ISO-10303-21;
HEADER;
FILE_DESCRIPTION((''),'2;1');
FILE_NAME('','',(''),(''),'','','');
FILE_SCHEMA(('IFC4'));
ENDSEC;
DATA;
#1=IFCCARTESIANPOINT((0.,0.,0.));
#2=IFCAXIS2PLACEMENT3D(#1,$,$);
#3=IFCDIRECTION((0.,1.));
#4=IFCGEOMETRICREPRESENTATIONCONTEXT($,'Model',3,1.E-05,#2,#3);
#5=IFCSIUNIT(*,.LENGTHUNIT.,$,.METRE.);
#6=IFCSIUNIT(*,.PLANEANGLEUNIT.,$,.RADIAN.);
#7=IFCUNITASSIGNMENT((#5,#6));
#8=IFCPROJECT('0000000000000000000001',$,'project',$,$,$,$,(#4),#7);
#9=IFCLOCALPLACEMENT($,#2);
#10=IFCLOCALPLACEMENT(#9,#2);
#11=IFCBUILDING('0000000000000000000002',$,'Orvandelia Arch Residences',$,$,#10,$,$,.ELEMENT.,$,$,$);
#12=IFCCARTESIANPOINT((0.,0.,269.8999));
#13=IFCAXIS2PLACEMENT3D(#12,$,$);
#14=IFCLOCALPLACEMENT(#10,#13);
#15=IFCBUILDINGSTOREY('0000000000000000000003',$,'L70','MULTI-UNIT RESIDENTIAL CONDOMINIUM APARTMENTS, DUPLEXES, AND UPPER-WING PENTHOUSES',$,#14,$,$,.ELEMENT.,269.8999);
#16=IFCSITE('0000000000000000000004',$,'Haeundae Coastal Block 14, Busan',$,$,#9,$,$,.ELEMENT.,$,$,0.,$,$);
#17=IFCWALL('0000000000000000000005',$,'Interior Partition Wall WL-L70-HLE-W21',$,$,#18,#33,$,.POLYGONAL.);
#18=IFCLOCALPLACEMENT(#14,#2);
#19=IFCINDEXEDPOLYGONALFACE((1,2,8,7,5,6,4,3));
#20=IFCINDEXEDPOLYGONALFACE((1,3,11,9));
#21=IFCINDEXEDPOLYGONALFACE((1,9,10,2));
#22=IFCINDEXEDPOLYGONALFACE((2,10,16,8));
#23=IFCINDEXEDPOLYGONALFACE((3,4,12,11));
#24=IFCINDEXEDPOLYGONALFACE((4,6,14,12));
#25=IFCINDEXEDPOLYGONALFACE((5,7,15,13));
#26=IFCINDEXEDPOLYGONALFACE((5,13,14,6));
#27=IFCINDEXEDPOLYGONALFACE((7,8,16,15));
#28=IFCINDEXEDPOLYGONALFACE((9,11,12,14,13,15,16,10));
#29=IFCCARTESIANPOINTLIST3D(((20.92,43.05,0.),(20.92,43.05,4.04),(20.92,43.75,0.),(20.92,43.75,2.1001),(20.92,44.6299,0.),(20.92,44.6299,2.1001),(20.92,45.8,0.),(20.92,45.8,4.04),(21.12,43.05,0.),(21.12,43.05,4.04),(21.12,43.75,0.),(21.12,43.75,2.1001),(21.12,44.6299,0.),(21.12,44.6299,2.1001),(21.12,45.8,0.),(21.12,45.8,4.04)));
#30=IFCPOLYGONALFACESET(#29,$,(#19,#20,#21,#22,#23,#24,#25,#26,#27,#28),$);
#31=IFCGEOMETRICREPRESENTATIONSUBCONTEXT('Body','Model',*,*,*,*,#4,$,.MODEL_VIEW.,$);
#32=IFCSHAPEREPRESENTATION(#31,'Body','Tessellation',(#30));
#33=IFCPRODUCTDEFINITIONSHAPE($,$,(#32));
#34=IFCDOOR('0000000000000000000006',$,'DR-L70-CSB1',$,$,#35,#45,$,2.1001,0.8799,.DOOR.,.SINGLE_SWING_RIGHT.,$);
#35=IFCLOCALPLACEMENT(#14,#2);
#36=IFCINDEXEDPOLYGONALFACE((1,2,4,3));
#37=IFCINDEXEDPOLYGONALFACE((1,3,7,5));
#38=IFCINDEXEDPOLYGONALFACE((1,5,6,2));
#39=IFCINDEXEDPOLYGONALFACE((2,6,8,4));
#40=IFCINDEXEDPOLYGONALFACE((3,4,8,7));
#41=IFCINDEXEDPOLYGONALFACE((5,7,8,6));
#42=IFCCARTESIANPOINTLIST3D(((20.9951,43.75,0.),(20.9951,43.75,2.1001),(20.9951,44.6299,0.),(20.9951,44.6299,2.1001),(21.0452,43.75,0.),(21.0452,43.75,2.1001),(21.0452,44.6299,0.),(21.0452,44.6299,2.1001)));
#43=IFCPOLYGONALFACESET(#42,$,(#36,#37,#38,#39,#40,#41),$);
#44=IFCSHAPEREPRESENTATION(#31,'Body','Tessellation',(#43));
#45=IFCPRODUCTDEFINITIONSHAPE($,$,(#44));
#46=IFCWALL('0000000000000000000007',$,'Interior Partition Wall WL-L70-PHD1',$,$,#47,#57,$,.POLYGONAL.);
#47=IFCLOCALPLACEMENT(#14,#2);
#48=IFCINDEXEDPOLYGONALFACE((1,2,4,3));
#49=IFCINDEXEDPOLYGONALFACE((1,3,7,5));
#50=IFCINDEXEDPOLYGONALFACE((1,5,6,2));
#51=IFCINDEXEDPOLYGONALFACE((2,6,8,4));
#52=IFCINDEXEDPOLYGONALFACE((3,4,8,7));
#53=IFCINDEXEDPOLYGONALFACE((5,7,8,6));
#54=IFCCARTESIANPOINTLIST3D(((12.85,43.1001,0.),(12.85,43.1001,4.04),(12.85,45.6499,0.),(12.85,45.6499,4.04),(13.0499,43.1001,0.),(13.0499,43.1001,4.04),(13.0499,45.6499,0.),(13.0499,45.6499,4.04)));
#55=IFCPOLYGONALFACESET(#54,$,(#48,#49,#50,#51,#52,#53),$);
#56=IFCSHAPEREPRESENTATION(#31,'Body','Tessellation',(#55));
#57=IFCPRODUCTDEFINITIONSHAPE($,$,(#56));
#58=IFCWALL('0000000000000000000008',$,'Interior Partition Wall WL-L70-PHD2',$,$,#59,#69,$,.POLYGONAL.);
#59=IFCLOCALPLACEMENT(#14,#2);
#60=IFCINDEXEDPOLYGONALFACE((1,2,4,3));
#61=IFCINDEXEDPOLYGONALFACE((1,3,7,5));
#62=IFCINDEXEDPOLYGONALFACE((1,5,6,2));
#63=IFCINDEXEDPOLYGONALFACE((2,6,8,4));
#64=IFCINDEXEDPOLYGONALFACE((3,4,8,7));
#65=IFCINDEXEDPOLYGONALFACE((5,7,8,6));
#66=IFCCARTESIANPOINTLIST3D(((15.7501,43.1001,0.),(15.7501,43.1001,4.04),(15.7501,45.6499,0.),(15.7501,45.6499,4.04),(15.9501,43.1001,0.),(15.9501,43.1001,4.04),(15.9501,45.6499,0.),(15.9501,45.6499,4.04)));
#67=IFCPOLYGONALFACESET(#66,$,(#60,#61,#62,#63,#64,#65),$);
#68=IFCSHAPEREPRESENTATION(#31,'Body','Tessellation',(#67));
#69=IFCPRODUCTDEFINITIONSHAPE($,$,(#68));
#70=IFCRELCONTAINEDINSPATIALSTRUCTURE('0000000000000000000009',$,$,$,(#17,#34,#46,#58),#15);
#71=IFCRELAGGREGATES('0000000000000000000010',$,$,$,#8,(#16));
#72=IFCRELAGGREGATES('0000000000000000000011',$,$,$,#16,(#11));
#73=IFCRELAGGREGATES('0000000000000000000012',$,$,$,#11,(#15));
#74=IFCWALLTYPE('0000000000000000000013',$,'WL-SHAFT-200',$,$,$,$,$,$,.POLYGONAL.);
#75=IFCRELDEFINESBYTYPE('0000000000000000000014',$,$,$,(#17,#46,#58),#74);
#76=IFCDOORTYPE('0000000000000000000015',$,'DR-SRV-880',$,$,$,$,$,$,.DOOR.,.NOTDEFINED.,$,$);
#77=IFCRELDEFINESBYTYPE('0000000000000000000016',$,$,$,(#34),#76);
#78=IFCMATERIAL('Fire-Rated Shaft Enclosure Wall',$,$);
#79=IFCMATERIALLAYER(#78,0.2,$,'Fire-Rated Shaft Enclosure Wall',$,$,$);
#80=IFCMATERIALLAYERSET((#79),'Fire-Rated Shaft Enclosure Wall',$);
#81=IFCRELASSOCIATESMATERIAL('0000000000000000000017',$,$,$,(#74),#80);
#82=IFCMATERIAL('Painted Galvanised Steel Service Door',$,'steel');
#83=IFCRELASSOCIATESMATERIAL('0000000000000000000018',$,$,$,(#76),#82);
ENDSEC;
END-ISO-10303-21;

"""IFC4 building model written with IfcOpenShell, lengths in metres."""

from ifc_helpers import new_model, si_unit, direction, frame, frame_2d, origin, place, context, subcontext, project, spatial, rectangle, extrude, material, layer, layer_set, type_object, element, fill, save


model = new_model("IFC4")

# Units and contexts
model_context = context("Model", 3, precision=1e-05, world=origin(), true_north=direction((0.0, 1.0)))
body_context = subcontext(model_context, "Body", "Model", "MODEL_VIEW")
ifc_project = project(units=[si_unit("LENGTHUNIT", "METRE"), si_unit("PLANEANGLEUNIT", "RADIAN")], contexts=[model_context])

# Site, building, storey
site_placement = place(None, origin())
site = spatial("IfcSite", under=ifc_project, at=site_placement, Name="Haeundae Coastal Block 14, Busan", CompositionType="ELEMENT", RefElevation=0.0)
building_placement = place(site_placement, origin())
building = spatial("IfcBuilding", under=site, at=building_placement, Name="Orvandelia Arch Residences", CompositionType="ELEMENT")
storey_placement = place(building_placement, frame((0.0, 0.0, 269.8999)))
storey = spatial("IfcBuildingStorey", under=building, at=storey_placement, Name="L70", Description="MULTI-UNIT RESIDENTIAL CONDOMINIUM APARTMENTS, DUPLEXES, AND UPPER-WING PENTHOUSES", CompositionType="ELEMENT", Elevation=269.8999)

# Shared definitions
ifc_material_1 = material(Name="Fire-Rated Shaft Enclosure Wall")
ifc_layer_1 = layer(ifc_material_1, 0.2, Name="Fire-Rated Shaft Enclosure Wall")
ifc_layer_set_1 = layer_set([ifc_layer_1], Name="Fire-Rated Shaft Enclosure Wall")
wall_type_1 = type_object("IfcWallType", Name="WL-SHAFT-200", PredefinedType="POLYGONAL", material=ifc_layer_set_1)

# Wall, opening, door
wall_1_placement = place(storey_placement, frame((21.02, 43.05, 0.0), z_axis=(0.0, 0.0, 1.0), x_axis=(0.0, 1.0, 0.0)))
wall_1 = element("IfcWall", 1, at=wall_1_placement, inside=storey, type_object=wall_type_1, Name="Interior Partition Wall WL-L70-HLE-W21", PredefinedType="POLYGONAL", context=body_context, shape_type="SweptSolid", body=[
    extrude(rectangle(XDim=2.75, YDim=0.2, at=frame_2d((1.375, 0.0))), origin(), (0.0, 0.0, 1.0), 4.04),
])
opening_1_placement = place(wall_1_placement, frame((0.7, 0.0, 0.0)))
opening_1 = element("IfcOpeningElement", 2, at=opening_1_placement, cuts=wall_1, PredefinedType="OPENING", context=body_context, shape_type="SweptSolid", body=[
    extrude(rectangle(XDim=0.8799, YDim=2.1001, at=frame_2d((0.4399, 1.05))), frame((0.0, 0.1099, 0.0), z_axis=(0.0, -1.0, 0.0), x_axis=(1.0, 0.0, 0.0)), (0.0, 0.0, 1.0), 0.22),
])
ifc_material_2 = material(Name="Painted Galvanised Steel Service Door", Category="steel")
door_type_1 = type_object("IfcDoorType", Name="DR-SRV-880", OperationType="NOTDEFINED", PredefinedType="DOOR", material=ifc_material_2)
door_1_placement = place(opening_1_placement, origin())
door_1 = element("IfcDoor", 3, at=door_1_placement, inside=storey, type_object=door_type_1, Name="DR-L70-CSB1", OperationType="SINGLE_SWING_RIGHT", OverallHeight=2.1001, OverallWidth=0.8799, PredefinedType="DOOR", context=body_context, shape_type="SweptSolid", body=[
    extrude(rectangle(XDim=0.8799, YDim=2.1001, at=frame_2d((0.4399, 1.05))), frame((0.0, 0.0249, 0.0), z_axis=(0.0, -1.0, 0.0), x_axis=(1.0, 0.0, 0.0)), (0.0, 0.0, 1.0), 0.05),
])
fill(opening_1, door_1)

# Walls
for number, where, z_axis, x_axis, name in (
    (4, (12.95, 43.1001, 0.0), (0.0, 0.0, 1.0), (0.0, 1.0, 0.0), "Interior Partition Wall WL-L70-PHD1"),
    (5, (15.8501, 43.1001, 0.0), (0.0, 0.0, 1.0), (0.0, 1.0, 0.0), "Interior Partition Wall WL-L70-PHD2"),
):
    element("IfcWall", number, at=place(storey_placement, frame(where, z_axis=z_axis, x_axis=x_axis)), inside=storey, type_object=wall_type_1, Name=name, PredefinedType="POLYGONAL", context=body_context, shape_type="SweptSolid", body=[
        extrude(rectangle(XDim=2.5498, YDim=0.2, at=frame_2d((1.2749, 0.0))), origin(), (0.0, 0.0, 1.0), 4.04),
    ])

save(model, "model.ifc")
